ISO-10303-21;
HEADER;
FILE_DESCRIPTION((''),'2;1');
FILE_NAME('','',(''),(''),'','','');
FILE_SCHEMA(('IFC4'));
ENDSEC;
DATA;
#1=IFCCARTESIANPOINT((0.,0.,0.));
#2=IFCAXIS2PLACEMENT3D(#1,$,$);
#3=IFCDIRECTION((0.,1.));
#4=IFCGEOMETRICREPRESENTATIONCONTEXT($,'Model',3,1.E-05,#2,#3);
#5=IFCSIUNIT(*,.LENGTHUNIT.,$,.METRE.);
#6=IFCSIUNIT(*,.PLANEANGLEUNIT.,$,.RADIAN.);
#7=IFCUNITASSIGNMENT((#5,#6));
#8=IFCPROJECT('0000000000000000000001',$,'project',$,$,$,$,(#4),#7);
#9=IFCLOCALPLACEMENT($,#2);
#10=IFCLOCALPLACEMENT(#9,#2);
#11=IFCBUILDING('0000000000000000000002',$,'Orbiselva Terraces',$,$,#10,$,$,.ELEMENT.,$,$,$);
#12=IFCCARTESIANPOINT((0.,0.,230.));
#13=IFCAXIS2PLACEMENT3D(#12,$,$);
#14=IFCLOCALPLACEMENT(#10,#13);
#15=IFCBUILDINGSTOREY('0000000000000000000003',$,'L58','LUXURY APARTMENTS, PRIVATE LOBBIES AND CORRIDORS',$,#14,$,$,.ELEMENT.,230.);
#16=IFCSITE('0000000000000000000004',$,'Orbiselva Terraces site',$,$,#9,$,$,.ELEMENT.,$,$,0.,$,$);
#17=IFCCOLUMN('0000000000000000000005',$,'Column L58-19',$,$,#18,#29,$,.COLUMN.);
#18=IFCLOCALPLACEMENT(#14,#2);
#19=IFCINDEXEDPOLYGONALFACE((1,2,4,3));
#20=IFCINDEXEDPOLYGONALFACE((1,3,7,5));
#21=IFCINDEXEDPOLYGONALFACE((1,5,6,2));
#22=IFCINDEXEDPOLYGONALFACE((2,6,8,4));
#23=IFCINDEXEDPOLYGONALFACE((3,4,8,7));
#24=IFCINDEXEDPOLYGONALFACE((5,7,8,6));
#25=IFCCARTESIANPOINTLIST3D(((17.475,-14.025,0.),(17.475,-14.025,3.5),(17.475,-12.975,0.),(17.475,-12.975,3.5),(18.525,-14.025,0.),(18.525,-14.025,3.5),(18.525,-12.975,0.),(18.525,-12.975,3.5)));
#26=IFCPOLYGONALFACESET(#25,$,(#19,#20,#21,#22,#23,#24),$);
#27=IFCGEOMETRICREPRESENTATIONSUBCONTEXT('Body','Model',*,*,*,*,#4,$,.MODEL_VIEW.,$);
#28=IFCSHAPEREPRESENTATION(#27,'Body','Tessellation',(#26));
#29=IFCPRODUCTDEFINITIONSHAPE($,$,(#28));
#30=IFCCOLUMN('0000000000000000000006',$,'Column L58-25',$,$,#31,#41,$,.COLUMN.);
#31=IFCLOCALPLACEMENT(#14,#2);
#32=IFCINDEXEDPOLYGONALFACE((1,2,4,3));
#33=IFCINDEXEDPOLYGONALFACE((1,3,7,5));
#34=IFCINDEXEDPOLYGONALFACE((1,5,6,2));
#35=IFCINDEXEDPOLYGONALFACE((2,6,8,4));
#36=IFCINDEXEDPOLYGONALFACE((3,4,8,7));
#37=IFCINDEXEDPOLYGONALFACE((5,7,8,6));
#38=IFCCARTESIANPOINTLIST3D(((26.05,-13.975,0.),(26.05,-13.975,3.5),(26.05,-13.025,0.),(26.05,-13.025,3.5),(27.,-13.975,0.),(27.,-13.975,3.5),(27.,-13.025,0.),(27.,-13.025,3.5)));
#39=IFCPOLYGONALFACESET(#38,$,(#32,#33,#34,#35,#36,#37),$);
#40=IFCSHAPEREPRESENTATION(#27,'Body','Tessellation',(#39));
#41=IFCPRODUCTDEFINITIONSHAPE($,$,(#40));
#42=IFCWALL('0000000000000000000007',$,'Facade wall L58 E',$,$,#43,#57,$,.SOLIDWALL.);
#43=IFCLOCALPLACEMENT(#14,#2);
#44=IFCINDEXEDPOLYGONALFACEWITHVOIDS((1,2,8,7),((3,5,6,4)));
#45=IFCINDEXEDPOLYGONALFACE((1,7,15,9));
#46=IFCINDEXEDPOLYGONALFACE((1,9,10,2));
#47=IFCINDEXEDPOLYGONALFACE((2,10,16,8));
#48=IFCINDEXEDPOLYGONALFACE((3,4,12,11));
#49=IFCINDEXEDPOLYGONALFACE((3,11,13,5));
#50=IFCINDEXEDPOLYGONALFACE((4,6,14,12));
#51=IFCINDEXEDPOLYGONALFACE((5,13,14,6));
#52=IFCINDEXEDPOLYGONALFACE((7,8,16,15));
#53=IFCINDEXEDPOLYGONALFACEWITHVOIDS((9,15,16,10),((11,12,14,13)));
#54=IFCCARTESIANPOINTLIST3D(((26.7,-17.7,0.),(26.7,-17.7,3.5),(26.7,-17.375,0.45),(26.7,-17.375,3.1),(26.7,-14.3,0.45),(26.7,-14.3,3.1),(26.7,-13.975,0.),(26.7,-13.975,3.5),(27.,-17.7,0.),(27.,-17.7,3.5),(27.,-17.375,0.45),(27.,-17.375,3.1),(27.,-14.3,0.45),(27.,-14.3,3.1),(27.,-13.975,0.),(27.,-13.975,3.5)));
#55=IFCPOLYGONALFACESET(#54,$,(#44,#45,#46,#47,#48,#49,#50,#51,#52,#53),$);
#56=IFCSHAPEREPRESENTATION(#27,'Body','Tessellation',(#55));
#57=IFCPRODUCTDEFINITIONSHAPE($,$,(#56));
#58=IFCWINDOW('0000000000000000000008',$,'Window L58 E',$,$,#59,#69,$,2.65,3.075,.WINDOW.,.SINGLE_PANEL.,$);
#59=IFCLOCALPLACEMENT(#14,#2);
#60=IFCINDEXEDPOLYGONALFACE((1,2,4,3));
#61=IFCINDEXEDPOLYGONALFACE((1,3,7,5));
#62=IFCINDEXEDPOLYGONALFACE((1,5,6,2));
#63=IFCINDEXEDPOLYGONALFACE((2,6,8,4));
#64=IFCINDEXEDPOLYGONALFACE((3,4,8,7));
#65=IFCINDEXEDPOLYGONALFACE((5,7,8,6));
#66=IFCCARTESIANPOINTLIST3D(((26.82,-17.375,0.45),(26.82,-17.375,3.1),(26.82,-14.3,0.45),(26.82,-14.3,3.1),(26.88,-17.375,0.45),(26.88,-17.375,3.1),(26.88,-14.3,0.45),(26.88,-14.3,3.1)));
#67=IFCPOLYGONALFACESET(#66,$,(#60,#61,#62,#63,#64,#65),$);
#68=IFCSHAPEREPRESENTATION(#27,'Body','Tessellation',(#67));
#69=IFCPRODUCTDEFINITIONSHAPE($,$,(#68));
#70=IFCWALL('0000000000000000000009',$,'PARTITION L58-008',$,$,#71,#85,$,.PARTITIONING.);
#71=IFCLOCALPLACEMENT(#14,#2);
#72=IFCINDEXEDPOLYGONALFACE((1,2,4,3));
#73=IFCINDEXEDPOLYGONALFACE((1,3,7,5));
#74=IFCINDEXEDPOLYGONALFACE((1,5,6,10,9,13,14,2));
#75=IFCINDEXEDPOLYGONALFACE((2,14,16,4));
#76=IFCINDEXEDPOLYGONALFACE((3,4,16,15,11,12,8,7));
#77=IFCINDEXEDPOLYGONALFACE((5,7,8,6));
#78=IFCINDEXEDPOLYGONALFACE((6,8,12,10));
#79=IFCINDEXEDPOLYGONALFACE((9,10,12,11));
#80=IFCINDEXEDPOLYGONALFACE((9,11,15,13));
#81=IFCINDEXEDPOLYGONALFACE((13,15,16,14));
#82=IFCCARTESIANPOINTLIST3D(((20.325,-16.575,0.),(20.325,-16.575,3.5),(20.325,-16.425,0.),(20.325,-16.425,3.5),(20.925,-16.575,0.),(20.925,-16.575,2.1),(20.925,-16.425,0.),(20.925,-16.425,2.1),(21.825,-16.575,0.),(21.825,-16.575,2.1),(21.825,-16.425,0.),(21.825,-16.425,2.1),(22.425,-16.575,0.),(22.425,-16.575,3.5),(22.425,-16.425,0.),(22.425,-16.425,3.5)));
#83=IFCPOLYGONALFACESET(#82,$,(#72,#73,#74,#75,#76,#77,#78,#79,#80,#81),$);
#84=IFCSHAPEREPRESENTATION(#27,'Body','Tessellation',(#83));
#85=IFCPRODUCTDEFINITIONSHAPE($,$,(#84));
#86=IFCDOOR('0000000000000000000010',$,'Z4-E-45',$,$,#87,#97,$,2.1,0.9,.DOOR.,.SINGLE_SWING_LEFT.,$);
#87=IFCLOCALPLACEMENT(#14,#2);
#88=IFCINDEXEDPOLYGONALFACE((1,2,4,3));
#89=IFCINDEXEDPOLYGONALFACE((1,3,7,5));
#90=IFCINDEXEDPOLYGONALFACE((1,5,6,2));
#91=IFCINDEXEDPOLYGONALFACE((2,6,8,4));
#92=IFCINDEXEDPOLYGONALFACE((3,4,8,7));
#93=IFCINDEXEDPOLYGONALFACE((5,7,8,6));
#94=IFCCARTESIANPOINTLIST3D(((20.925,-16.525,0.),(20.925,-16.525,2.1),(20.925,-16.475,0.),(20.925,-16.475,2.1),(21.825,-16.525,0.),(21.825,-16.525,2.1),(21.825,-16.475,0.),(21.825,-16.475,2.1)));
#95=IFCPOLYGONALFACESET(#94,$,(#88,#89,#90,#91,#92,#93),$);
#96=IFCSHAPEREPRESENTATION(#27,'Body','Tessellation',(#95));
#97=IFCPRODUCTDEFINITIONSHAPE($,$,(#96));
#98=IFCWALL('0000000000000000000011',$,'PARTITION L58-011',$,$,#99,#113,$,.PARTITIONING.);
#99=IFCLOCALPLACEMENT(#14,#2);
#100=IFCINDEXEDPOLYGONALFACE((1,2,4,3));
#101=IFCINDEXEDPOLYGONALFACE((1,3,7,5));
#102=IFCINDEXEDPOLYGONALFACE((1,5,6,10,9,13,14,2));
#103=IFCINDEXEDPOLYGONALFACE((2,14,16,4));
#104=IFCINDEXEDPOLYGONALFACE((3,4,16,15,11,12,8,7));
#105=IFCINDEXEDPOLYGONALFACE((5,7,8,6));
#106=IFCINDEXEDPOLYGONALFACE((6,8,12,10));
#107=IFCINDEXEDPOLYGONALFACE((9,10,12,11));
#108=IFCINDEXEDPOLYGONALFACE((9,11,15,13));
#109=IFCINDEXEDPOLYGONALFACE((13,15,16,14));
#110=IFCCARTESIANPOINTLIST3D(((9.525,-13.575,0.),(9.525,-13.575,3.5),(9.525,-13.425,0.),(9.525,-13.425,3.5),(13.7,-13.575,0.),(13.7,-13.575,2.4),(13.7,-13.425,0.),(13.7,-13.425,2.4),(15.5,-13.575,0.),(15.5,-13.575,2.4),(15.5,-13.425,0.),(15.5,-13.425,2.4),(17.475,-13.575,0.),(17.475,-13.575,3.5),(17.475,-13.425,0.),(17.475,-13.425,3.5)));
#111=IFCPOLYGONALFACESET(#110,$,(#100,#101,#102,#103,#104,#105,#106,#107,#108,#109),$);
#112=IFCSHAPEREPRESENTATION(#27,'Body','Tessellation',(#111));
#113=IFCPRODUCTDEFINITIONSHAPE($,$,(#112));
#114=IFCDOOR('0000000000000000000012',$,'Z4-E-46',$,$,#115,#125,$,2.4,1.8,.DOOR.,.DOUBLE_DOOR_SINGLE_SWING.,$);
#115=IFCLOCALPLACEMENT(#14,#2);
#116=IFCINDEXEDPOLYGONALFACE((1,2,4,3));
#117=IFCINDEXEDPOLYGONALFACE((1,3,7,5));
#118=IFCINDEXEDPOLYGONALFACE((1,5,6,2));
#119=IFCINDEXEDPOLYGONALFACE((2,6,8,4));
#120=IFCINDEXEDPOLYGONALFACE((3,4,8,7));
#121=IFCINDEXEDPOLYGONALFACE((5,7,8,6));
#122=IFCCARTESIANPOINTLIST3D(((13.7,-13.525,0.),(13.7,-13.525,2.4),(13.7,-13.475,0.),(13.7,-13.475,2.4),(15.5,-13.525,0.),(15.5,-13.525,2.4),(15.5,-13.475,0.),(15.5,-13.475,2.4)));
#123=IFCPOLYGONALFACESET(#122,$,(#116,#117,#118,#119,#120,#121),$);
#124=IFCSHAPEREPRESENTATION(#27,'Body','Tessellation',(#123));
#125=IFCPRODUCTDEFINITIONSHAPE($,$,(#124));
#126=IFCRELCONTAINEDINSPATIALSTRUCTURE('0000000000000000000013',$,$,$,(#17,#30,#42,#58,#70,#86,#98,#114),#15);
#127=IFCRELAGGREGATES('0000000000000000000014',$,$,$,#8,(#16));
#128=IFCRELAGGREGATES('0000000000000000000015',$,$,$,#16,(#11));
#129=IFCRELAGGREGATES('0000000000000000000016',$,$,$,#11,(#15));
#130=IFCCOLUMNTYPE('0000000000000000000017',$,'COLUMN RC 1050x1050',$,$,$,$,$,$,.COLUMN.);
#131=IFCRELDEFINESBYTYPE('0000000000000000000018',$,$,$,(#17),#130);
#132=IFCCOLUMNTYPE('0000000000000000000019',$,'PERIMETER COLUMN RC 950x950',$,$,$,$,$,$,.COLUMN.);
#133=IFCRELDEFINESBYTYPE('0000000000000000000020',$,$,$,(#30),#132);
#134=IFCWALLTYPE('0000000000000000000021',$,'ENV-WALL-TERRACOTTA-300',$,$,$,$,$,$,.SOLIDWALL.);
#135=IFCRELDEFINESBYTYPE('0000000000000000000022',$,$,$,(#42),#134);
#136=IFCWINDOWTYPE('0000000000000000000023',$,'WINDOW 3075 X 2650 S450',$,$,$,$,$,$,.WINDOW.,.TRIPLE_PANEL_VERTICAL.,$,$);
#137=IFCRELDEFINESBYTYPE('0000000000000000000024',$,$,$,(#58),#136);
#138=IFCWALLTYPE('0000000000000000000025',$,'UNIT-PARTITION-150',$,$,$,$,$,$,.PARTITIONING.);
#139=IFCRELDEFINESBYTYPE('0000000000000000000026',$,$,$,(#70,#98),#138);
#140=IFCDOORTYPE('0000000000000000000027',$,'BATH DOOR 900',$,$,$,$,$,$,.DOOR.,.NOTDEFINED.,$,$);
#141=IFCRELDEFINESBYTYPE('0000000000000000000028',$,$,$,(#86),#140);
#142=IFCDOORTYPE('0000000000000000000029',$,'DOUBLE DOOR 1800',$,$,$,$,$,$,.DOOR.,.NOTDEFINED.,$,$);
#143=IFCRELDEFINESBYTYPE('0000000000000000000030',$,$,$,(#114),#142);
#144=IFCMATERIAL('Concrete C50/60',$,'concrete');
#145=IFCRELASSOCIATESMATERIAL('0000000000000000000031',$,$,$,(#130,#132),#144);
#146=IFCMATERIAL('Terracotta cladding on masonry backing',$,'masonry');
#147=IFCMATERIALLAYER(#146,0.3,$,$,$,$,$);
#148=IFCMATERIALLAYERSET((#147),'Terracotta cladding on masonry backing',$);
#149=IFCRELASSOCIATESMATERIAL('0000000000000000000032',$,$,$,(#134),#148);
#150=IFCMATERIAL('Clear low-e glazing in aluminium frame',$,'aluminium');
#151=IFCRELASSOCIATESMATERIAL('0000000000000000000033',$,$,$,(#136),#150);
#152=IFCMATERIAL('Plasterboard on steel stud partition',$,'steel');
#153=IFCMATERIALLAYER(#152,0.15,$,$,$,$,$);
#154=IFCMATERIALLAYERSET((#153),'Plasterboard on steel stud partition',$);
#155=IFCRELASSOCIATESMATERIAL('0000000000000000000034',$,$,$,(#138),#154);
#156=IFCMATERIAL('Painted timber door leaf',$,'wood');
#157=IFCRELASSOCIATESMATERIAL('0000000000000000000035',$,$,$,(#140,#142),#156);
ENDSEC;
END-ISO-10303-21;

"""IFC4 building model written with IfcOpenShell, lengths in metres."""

from ifc_helpers import new_model, si_unit, direction, frame, frame_2d, origin, origin_2d, place, context, subcontext, project, spatial, rectangle, extrude, material, layer, layer_set, material_profile, profile_set, type_object, element, fill, save


model = new_model("IFC4")

# Units and contexts
model_context = context("Model", 3, precision=1e-05, world=origin(), true_north=direction((0.0, 1.0)))
body_context = subcontext(model_context, "Body", "Model", "MODEL_VIEW")
ifc_project = project(units=[si_unit("LENGTHUNIT", "METRE"), si_unit("PLANEANGLEUNIT", "RADIAN")], contexts=[model_context])

# Site, building, storey
site_placement = place(None, origin())
site = spatial("IfcSite", under=ifc_project, at=site_placement, Name="Orbiselva Terraces site", CompositionType="ELEMENT", RefElevation=0.0)
building_placement = place(site_placement, origin())
building = spatial("IfcBuilding", under=site, at=building_placement, Name="Orbiselva Terraces", CompositionType="ELEMENT")
storey_placement = place(building_placement, frame((0.0, 0.0, 230.0)))
storey = spatial("IfcBuildingStorey", under=building, at=storey_placement, Name="L58", Description="LUXURY APARTMENTS, PRIVATE LOBBIES AND CORRIDORS", CompositionType="ELEMENT", Elevation=230.0)

# Columns
ifc_material_1 = material(Name="Concrete C50/60", Category="concrete")
ifc_material_profile_1 = material_profile(ifc_material_1, rectangle(XDim=1.05, YDim=1.05, at=origin_2d()), Name="RC 1050x1050")
ifc_profile_set_1 = profile_set([ifc_material_profile_1], Name="Concrete C50/60")
column_type_1 = type_object("IfcColumnType", Name="COLUMN RC 1050x1050", PredefinedType="COLUMN", material=ifc_profile_set_1)
column_1_placement = place(storey_placement, frame((18.0, -13.5, 0.0), z_axis=(0.0, 0.0, 1.0), x_axis=(1.0, 0.0, 0.0)))
element("IfcColumn", 1, at=column_1_placement, inside=storey, type_object=column_type_1, Name="Column L58-19", PredefinedType="COLUMN", context=body_context, shape_type="SweptSolid", body=[
    extrude(rectangle(XDim=1.05, YDim=1.05, at=origin_2d()), origin(), (0.0, 0.0, 1.0), 3.5),
])
ifc_material_profile_2 = material_profile(ifc_material_1, rectangle(XDim=0.95, YDim=0.95, at=origin_2d()), Name="RC 950x950")
ifc_profile_set_2 = profile_set([ifc_material_profile_2], Name="Concrete C50/60")
column_type_2 = type_object("IfcColumnType", Name="PERIMETER COLUMN RC 950x950", PredefinedType="COLUMN", material=ifc_profile_set_2)
column_2_placement = place(storey_placement, frame((26.525, -13.5, 0.0), z_axis=(0.0, 0.0, 1.0), x_axis=(1.0, 0.0, 0.0)))
element("IfcColumn", 2, at=column_2_placement, inside=storey, type_object=column_type_2, Name="Column L58-25", PredefinedType="COLUMN", context=body_context, shape_type="SweptSolid", body=[
    extrude(rectangle(XDim=0.95, YDim=0.95, at=origin_2d()), origin(), (0.0, 0.0, 1.0), 3.5),
])

# Wall, opening, window
ifc_material_2 = material(Name="Terracotta cladding on masonry backing", Category="masonry")
ifc_layer_1 = layer(ifc_material_2, 0.3)
ifc_layer_set_1 = layer_set([ifc_layer_1], Name="Terracotta cladding on masonry backing")
wall_type_1 = type_object("IfcWallType", Name="ENV-WALL-TERRACOTTA-300", PredefinedType="SOLIDWALL", material=ifc_layer_set_1)
wall_1_placement = place(storey_placement, frame((26.85, -13.975, 0.0), z_axis=(0.0, 0.0, 1.0), x_axis=(0.0, -1.0, 0.0)))
wall_1 = element("IfcWall", 3, at=wall_1_placement, inside=storey, type_object=wall_type_1, Name="Facade wall L58 E", PredefinedType="SOLIDWALL", context=body_context, shape_type="SweptSolid", body=[
    extrude(rectangle(XDim=3.725, YDim=0.3, at=frame_2d((1.8625, 0.0))), origin(), (0.0, 0.0, 1.0), 3.5),
])
opening_1_placement = place(wall_1_placement, frame((0.325, 0.0, 0.45)))
opening_1 = element("IfcOpeningElement", 4, at=opening_1_placement, cuts=wall_1, PredefinedType="OPENING", context=body_context, shape_type="SweptSolid", body=[
    extrude(rectangle(XDim=3.075, YDim=2.65, at=frame_2d((1.5375, 1.325))), frame((0.0, 0.16, 0.0), z_axis=(0.0, -1.0, 0.0), x_axis=(1.0, 0.0, 0.0)), (0.0, 0.0, 1.0), 0.32),
])
ifc_material_3 = material(Name="Clear low-e glazing in aluminium frame", Category="aluminium")
window_type = type_object("IfcWindowType", Name="WINDOW 3075 X 2650 S450", PartitioningType="TRIPLE_PANEL_VERTICAL", PredefinedType="WINDOW", material=ifc_material_3)
window_placement = place(opening_1_placement, origin())
window = element("IfcWindow", 5, at=window_placement, inside=storey, type_object=window_type, Name="Window L58 E", OverallHeight=2.65, OverallWidth=3.075, PartitioningType="SINGLE_PANEL", PredefinedType="WINDOW", context=body_context, shape_type="SweptSolid", body=[
    extrude(rectangle(XDim=3.075, YDim=2.65, at=frame_2d((1.5375, 1.325))), frame((0.0, 0.03, 0.0), z_axis=(0.0, -1.0, 0.0), x_axis=(1.0, 0.0, 0.0)), (0.0, 0.0, 1.0), 0.06),
])
fill(opening_1, window)

# Walls, openings, doors
ifc_material_4 = material(Name="Plasterboard on steel stud partition", Category="steel")
ifc_layer_2 = layer(ifc_material_4, 0.15)
ifc_layer_set_2 = layer_set([ifc_layer_2], Name="Plasterboard on steel stud partition")
wall_type_2 = type_object("IfcWallType", Name="UNIT-PARTITION-150", PredefinedType="PARTITIONING", material=ifc_layer_set_2)
wall_2_placement = place(storey_placement, frame((20.325, -16.5, 0.0), z_axis=(0.0, 0.0, 1.0), x_axis=(1.0, 0.0, 0.0)))
wall_2 = element("IfcWall", 6, at=wall_2_placement, inside=storey, type_object=wall_type_2, Name="PARTITION L58-008", PredefinedType="PARTITIONING", context=body_context, shape_type="SweptSolid", body=[
    extrude(rectangle(XDim=2.1, YDim=0.15, at=frame_2d((1.05, 0.0))), origin(), (0.0, 0.0, 1.0), 3.5),
])
opening_2_placement = place(wall_2_placement, frame((0.6, 0.0, 0.0)))
opening_2 = element("IfcOpeningElement", 7, at=opening_2_placement, cuts=wall_2, PredefinedType="OPENING", context=body_context, shape_type="SweptSolid", body=[
    extrude(rectangle(XDim=0.9, YDim=2.1, at=frame_2d((0.45, 1.05))), frame((0.0, 0.085, 0.0), z_axis=(0.0, -1.0, 0.0), x_axis=(1.0, 0.0, 0.0)), (0.0, 0.0, 1.0), 0.17),
])
ifc_material_5 = material(Name="Painted timber door leaf", Category="wood")
door_type_1 = type_object("IfcDoorType", Name="BATH DOOR 900", OperationType="NOTDEFINED", PredefinedType="DOOR", material=ifc_material_5)
door_1_placement = place(opening_2_placement, origin())
door_1 = element("IfcDoor", 8, at=door_1_placement, inside=storey, type_object=door_type_1, Name="Z4-E-45", OperationType="SINGLE_SWING_LEFT", OverallHeight=2.1, OverallWidth=0.9, PredefinedType="DOOR", context=body_context, shape_type="SweptSolid", body=[
    extrude(rectangle(XDim=0.9, YDim=2.1, at=frame_2d((0.45, 1.05))), frame((0.0, 0.025, 0.0), z_axis=(0.0, -1.0, 0.0), x_axis=(1.0, 0.0, 0.0)), (0.0, 0.0, 1.0), 0.05),
])
fill(opening_2, door_1)
wall_3_placement = place(storey_placement, frame((17.475, -13.5, 0.0), z_axis=(0.0, 0.0, 1.0), x_axis=(-1.0, 0.0, 0.0)))
wall_3 = element("IfcWall", 9, at=wall_3_placement, inside=storey, type_object=wall_type_2, Name="PARTITION L58-011", PredefinedType="PARTITIONING", context=body_context, shape_type="SweptSolid", body=[
    extrude(rectangle(XDim=7.95, YDim=0.15, at=frame_2d((3.975, 0.0))), origin(), (0.0, 0.0, 1.0), 3.5),
])
opening_3_placement = place(wall_3_placement, frame((1.975, 0.0, 0.0)))
opening_3 = element("IfcOpeningElement", 10, at=opening_3_placement, cuts=wall_3, PredefinedType="OPENING", context=body_context, shape_type="SweptSolid", body=[
    extrude(rectangle(XDim=1.8, YDim=2.4, at=frame_2d((0.9, 1.2))), frame((0.0, 0.085, 0.0), z_axis=(0.0, -1.0, 0.0), x_axis=(1.0, 0.0, 0.0)), (0.0, 0.0, 1.0), 0.17),
])
door_type_2 = type_object("IfcDoorType", Name="DOUBLE DOOR 1800", OperationType="NOTDEFINED", PredefinedType="DOOR", material=ifc_material_5)
door_2_placement = place(opening_3_placement, origin())
door_2 = element("IfcDoor", 11, at=door_2_placement, inside=storey, type_object=door_type_2, Name="Z4-E-46", OperationType="DOUBLE_DOOR_SINGLE_SWING", OverallHeight=2.4, OverallWidth=1.8, PredefinedType="DOOR", context=body_context, shape_type="SweptSolid", body=[
    extrude(rectangle(XDim=1.8, YDim=2.4, at=frame_2d((0.9, 1.2))), frame((0.0, 0.025, 0.0), z_axis=(0.0, -1.0, 0.0), x_axis=(1.0, 0.0, 0.0)), (0.0, 0.0, 1.0), 0.05),
])
fill(opening_3, door_2)

save(model, "model.ifc")
